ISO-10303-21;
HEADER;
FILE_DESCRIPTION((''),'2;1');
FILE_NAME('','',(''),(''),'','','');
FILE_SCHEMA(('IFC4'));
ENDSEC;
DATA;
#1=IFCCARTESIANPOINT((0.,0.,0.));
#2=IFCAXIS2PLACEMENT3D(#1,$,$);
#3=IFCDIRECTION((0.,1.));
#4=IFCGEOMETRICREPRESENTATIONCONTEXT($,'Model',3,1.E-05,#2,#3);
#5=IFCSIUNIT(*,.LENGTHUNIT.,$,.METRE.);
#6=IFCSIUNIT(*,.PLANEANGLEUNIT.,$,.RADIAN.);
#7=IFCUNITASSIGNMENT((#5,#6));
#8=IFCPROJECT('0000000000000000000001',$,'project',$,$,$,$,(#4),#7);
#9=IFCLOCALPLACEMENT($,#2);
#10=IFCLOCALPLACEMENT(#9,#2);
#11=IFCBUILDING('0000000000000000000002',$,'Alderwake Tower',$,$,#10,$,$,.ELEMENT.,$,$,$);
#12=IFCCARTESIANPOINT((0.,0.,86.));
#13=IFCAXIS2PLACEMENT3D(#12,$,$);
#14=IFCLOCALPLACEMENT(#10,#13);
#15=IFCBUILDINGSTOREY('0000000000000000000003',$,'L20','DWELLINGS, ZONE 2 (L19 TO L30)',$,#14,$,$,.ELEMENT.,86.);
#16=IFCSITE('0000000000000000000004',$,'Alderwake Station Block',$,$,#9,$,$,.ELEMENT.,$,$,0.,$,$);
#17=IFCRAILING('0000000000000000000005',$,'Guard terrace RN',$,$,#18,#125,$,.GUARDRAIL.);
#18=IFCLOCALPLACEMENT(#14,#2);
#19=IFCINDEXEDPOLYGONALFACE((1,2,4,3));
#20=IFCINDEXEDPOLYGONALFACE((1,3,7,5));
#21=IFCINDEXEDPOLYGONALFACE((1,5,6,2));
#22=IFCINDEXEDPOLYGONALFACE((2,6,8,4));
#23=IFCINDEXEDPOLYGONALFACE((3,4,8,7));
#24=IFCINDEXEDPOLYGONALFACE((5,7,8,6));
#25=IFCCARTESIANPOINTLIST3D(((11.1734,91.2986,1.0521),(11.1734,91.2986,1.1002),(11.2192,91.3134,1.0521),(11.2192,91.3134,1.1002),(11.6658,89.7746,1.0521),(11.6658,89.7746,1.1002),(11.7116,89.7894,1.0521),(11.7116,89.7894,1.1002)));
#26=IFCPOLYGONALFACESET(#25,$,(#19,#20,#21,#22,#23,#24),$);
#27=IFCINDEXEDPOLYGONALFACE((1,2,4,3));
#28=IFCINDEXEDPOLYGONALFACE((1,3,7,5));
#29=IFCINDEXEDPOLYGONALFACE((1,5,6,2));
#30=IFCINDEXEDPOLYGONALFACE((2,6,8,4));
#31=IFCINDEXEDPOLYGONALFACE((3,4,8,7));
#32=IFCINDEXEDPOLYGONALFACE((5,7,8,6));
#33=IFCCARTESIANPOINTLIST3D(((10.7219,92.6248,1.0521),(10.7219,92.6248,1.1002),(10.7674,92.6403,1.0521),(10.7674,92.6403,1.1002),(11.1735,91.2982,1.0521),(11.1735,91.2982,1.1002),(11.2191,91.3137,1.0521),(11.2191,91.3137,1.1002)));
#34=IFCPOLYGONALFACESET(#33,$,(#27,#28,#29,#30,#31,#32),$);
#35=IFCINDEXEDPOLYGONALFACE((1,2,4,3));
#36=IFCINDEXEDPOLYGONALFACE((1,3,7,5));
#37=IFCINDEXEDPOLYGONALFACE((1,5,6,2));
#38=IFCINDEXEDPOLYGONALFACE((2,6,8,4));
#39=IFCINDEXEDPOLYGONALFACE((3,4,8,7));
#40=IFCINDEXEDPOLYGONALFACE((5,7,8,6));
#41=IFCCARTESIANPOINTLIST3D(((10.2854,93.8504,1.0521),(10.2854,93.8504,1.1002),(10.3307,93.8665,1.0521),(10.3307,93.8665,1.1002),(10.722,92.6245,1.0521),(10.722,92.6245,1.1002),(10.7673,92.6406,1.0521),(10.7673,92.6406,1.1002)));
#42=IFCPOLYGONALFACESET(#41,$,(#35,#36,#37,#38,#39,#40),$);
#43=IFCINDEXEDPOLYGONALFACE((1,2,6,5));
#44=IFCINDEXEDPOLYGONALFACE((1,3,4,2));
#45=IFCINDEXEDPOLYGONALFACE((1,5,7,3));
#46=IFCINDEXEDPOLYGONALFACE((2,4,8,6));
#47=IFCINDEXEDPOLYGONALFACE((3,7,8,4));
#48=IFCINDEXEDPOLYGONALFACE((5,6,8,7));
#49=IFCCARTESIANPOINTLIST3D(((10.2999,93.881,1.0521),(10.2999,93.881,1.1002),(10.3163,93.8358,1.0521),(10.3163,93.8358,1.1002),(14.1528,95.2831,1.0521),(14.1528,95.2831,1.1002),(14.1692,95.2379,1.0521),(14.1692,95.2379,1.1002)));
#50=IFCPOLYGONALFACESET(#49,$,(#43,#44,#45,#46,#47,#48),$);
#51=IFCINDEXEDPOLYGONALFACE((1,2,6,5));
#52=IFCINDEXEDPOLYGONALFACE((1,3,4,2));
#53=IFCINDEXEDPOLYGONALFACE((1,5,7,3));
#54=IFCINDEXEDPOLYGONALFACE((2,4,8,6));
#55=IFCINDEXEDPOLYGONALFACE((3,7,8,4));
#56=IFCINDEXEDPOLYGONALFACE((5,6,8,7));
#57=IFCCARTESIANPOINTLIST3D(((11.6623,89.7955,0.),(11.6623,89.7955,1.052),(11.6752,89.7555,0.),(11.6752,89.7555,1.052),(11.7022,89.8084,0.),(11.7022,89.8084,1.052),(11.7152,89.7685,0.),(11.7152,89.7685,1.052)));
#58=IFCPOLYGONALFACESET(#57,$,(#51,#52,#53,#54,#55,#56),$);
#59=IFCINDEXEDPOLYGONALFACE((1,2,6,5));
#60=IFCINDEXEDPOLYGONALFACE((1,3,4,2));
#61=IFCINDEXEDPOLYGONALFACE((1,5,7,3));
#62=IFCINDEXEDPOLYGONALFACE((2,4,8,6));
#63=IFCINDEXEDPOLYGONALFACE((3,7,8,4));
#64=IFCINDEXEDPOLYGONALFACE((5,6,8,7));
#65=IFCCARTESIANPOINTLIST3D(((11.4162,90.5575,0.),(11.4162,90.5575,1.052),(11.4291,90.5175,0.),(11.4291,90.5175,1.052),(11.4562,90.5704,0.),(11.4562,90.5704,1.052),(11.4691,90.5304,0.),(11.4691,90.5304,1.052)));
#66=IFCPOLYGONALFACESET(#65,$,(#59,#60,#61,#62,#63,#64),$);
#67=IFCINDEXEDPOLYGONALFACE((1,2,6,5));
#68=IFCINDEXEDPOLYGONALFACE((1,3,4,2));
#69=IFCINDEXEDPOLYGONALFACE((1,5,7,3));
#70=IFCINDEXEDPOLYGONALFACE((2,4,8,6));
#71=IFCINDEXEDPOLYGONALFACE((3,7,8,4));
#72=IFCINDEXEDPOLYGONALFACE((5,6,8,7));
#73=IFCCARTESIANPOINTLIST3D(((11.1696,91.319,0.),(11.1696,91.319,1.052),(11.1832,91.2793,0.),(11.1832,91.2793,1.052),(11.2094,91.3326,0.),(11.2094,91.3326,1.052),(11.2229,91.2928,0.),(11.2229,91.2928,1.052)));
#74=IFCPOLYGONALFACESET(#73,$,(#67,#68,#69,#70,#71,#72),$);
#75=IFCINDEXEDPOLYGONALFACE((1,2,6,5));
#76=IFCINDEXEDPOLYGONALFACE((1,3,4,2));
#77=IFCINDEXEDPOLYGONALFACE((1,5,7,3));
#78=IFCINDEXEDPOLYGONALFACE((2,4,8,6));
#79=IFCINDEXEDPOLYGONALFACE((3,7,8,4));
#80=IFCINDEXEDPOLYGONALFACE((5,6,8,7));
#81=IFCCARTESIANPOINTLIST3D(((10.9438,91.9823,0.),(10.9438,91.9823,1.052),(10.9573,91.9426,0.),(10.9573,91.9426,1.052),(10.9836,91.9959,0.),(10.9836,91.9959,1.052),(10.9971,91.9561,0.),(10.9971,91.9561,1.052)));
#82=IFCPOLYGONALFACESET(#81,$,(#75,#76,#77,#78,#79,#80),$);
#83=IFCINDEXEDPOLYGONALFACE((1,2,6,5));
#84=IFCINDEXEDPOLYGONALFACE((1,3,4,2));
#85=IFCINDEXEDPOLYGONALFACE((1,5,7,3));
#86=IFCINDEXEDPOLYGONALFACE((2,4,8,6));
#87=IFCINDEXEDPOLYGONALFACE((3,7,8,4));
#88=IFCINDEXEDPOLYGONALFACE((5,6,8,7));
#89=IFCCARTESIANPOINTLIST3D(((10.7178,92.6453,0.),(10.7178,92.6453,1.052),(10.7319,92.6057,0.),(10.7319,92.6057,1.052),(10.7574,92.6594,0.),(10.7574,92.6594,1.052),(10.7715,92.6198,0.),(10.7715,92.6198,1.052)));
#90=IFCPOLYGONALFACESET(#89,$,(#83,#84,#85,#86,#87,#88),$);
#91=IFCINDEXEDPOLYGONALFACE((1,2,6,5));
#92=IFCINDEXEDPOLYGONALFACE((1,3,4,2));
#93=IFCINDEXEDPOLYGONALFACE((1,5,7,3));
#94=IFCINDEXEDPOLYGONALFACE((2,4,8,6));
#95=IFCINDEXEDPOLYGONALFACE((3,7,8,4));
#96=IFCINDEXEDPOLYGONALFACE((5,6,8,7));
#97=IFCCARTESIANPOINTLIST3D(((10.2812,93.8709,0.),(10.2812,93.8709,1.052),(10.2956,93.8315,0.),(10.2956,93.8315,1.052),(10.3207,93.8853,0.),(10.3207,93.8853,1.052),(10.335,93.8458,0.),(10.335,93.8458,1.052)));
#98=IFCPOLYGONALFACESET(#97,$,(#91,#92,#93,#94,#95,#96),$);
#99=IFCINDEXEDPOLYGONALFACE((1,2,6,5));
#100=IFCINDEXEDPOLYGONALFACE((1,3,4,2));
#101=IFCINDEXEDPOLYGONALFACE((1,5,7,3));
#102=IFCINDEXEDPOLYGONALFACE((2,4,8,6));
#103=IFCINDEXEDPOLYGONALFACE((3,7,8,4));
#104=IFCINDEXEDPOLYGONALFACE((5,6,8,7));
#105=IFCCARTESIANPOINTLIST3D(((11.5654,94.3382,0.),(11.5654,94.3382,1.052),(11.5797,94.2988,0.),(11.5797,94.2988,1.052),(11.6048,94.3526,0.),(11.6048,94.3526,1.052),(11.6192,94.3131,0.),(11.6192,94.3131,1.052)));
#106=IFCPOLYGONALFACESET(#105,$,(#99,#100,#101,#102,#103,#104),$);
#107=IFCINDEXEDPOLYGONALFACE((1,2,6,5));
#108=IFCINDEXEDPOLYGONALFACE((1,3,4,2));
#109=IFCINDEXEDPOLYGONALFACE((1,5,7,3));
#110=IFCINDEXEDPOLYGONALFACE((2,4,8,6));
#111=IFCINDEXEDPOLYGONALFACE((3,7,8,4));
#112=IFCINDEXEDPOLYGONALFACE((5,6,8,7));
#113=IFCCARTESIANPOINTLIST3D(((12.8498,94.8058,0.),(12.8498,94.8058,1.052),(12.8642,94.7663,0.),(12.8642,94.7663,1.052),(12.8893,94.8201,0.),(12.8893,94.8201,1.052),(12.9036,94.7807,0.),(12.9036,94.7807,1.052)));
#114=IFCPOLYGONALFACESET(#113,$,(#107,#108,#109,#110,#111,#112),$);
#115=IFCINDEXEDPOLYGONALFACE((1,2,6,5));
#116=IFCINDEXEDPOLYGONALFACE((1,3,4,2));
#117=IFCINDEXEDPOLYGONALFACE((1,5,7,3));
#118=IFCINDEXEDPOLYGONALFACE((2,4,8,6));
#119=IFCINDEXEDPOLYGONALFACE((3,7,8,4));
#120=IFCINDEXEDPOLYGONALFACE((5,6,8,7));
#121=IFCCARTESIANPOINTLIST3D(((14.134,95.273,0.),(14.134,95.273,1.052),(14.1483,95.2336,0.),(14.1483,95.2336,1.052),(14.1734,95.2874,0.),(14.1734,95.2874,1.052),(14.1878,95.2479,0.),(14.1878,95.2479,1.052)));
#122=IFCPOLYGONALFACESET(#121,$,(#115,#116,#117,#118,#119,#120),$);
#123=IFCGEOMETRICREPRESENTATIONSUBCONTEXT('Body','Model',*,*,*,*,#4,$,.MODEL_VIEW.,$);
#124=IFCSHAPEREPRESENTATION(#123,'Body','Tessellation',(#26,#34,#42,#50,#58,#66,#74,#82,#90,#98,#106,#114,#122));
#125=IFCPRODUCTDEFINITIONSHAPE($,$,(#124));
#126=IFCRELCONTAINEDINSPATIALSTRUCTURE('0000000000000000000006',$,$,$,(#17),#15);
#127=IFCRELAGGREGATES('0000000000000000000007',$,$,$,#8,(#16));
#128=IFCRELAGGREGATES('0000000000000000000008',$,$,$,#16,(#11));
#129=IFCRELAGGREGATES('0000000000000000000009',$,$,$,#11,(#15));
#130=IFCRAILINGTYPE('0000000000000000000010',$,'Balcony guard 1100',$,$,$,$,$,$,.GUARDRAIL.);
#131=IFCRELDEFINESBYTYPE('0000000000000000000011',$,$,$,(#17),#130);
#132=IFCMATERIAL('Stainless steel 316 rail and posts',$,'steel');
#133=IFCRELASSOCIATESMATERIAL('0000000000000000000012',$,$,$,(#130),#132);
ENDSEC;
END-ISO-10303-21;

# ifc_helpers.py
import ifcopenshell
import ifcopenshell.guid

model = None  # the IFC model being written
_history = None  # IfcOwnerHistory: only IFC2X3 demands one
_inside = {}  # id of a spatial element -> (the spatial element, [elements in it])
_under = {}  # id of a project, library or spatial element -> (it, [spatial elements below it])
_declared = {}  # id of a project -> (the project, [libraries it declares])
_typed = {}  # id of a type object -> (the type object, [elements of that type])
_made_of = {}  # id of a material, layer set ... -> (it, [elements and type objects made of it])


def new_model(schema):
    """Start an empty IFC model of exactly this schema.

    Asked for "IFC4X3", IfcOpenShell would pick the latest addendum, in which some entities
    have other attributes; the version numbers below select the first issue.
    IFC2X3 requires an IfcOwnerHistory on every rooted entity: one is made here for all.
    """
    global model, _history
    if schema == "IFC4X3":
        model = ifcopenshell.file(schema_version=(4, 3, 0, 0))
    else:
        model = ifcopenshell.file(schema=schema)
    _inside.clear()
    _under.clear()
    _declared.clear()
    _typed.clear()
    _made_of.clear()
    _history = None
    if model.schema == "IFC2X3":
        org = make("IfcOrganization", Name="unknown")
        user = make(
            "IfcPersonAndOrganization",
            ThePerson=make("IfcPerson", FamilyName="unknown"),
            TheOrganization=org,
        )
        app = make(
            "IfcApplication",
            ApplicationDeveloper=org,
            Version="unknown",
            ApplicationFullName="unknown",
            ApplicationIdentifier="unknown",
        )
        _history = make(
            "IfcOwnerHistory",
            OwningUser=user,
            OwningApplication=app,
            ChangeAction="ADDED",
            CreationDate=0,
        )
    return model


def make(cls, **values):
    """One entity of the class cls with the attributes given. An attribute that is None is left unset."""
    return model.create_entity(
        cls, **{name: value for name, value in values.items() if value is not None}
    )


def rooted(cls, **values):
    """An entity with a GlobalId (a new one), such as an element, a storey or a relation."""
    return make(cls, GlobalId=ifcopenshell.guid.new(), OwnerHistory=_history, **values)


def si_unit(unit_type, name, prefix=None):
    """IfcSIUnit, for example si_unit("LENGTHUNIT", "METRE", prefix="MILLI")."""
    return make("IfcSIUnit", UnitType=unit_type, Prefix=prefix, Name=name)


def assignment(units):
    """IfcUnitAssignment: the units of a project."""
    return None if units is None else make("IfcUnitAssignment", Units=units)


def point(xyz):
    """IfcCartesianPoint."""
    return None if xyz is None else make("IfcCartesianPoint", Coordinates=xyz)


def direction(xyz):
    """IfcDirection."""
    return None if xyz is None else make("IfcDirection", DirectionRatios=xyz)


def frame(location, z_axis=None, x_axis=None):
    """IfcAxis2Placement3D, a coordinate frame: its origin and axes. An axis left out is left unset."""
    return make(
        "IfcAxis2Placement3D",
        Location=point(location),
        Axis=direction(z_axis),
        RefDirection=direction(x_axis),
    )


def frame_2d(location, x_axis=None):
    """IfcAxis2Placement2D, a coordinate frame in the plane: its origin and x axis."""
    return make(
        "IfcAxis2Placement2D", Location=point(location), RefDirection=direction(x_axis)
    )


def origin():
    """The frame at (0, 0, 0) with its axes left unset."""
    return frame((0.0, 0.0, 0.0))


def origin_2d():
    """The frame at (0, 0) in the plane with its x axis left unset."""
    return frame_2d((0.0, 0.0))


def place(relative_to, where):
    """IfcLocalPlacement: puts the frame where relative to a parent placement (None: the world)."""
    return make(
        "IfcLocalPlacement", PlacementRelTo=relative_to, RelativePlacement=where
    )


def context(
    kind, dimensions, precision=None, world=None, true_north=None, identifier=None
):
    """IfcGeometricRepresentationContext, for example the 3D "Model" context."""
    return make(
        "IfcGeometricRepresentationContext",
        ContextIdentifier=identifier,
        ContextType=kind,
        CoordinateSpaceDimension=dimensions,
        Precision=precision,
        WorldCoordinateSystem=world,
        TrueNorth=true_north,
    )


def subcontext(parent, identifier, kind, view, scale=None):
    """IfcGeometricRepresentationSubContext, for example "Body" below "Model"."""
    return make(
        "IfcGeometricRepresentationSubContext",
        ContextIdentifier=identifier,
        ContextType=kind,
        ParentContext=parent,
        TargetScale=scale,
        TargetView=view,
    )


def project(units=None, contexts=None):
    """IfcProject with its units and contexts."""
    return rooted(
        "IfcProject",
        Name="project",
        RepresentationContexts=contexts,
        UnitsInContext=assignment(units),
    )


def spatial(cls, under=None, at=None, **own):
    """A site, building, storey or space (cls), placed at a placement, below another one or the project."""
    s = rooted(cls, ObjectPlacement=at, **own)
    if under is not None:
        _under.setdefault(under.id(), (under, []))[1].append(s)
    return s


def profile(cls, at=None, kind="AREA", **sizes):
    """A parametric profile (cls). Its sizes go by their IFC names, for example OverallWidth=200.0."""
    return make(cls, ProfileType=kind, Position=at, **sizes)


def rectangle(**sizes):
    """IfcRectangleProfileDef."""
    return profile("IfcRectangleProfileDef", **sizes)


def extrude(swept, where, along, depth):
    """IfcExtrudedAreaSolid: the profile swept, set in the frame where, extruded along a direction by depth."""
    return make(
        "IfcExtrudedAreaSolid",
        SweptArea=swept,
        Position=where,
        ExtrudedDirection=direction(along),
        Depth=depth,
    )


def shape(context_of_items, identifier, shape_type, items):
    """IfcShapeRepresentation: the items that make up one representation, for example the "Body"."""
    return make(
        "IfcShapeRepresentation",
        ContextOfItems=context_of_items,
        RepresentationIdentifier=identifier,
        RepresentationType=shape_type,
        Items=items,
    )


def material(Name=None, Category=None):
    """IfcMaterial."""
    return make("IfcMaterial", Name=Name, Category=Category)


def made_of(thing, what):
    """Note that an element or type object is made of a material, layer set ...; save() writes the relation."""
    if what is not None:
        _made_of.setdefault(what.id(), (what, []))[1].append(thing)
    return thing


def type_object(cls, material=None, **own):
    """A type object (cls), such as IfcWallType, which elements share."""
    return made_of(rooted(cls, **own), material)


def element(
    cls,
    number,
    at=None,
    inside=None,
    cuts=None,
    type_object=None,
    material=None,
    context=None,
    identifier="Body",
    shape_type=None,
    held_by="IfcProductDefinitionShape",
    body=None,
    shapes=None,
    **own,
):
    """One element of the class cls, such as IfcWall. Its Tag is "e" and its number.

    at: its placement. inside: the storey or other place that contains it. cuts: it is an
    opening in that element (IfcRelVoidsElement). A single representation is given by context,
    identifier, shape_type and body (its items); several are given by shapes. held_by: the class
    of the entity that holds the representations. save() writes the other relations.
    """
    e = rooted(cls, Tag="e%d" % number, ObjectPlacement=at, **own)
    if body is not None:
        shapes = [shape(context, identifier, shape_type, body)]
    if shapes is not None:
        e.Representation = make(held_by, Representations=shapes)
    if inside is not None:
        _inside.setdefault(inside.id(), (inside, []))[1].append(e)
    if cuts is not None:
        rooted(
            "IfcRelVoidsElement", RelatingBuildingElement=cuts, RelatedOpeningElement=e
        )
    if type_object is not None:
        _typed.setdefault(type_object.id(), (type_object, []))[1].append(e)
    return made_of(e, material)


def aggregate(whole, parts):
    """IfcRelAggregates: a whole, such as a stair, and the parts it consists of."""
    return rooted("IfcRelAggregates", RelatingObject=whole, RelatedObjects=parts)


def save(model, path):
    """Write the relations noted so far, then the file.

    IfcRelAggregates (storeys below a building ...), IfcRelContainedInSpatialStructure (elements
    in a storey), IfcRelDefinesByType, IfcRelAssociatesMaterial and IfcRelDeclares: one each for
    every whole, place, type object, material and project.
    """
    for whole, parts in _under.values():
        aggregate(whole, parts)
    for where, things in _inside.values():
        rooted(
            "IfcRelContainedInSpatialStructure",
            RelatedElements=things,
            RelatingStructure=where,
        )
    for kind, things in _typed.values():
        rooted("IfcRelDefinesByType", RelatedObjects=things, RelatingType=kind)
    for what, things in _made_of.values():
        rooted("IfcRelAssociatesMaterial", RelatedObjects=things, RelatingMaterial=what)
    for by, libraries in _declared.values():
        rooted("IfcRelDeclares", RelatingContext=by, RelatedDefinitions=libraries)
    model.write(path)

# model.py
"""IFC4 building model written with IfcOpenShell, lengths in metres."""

from ifc_helpers import new_model, si_unit, direction, frame, origin, origin_2d, place, context, subcontext, project, spatial, rectangle, extrude, material, type_object, element, save


model = new_model("IFC4")

# Units and contexts
model_context = context("Model", 3, precision=1e-05, world=origin(), true_north=direction((0.0, 1.0)))
body_context = subcontext(model_context, "Body", "Model", "MODEL_VIEW")
ifc_project = project(units=[si_unit("LENGTHUNIT", "METRE"), si_unit("PLANEANGLEUNIT", "RADIAN")], contexts=[model_context])

# Site, building, storey
site_placement = place(None, origin())
site = spatial("IfcSite", under=ifc_project, at=site_placement, Name="Alderwake Station Block", CompositionType="ELEMENT", RefElevation=0.0)
building_placement = place(site_placement, origin())
building = spatial("IfcBuilding", under=site, at=building_placement, Name="Alderwake Tower", CompositionType="ELEMENT")
storey_placement = place(building_placement, frame((0.0, 0.0, 86.0)))
storey = spatial("IfcBuildingStorey", under=building, at=storey_placement, Name="L20", Description="DWELLINGS, ZONE 2 (L19 TO L30)", CompositionType="ELEMENT", Elevation=86.0)

# Railing
ifc_material_1 = material(Name="Stainless steel 316 rail and posts", Category="steel")
railing_type = type_object("IfcRailingType", Name="Balcony guard 1100", PredefinedType="GUARDRAIL", material=ifc_material_1)
railing_1_placement = place(storey_placement, frame((11.6887, 89.782, 0.0)))
element("IfcRailing", 1, at=railing_1_placement, inside=storey, type_object=railing_type, Name="Guard terrace RN", PredefinedType="GUARDRAIL", context=body_context, shape_type="SweptSolid", body=[
    extrude(rectangle(XDim=0.0481, YDim=0.0481, at=origin_2d()), frame((0.0, 0.0, 1.0762), z_axis=(-0.307479, 0.951555, 0.0), x_axis=(-0.951555, -0.307479, 0.0)), (0.0, 0.0, 1.0), 1.6016),
    extrude(rectangle(XDim=0.0481, YDim=0.0481, at=origin_2d()), frame((-0.4924, 1.5239, 1.0762), z_axis=(-0.322284, 0.946643, 0.0), x_axis=(-0.946643, -0.322284, 0.0)), (0.0, 0.0, 1.0), 1.4014),
    extrude(rectangle(XDim=0.0481, YDim=0.0481, at=origin_2d()), frame((-0.9441, 2.8506, 1.0762), z_axis=(-0.335469, 0.942051, 0.0), x_axis=(-0.942051, -0.335469, 0.0)), (0.0, 0.0, 1.0), 1.3013),
    extrude(rectangle(XDim=0.0481, YDim=0.0481, at=origin_2d()), frame((-1.3806, 4.0764, 1.0762), z_axis=(0.939708, 0.341977, 0.0), x_axis=(-0.341977, 0.939708, 0.0)), (0.0, 0.0, 1.0), 4.1001),
    extrude(rectangle(XDim=0.042, YDim=0.042, at=origin_2d()), frame((0.0, 0.0, 0.0), z_axis=(0.0, 0.0, 1.0), x_axis=(-0.307479, 0.951555, 0.0)), (0.0, 0.0, 1.0), 1.052),
    extrude(rectangle(XDim=0.042, YDim=0.042, at=origin_2d()), frame((-0.2461, 0.762, 0.0), z_axis=(0.0, 0.0, 1.0), x_axis=(-0.307479, 0.951555, 0.0)), (0.0, 0.0, 1.0), 1.052),
    extrude(rectangle(XDim=0.042, YDim=0.042, at=origin_2d()), frame((-0.4924, 1.5239, 0.0), z_axis=(0.0, 0.0, 1.0), x_axis=(-0.322284, 0.946643, 0.0)), (0.0, 0.0, 1.0), 1.052),
    extrude(rectangle(XDim=0.042, YDim=0.042, at=origin_2d()), frame((-0.7183, 2.1873, 0.0), z_axis=(0.0, 0.0, 1.0), x_axis=(-0.322284, 0.946643, 0.0)), (0.0, 0.0, 1.0), 1.052),
    extrude(rectangle(XDim=0.042, YDim=0.042, at=origin_2d()), frame((-0.9441, 2.8506, 0.0), z_axis=(0.0, 0.0, 1.0), x_axis=(-0.335469, 0.942051, 0.0)), (0.0, 0.0, 1.0), 1.052),
    extrude(rectangle(XDim=0.042, YDim=0.042, at=origin_2d()), frame((-1.3806, 4.0764, 0.0), z_axis=(0.0, 0.0, 1.0), x_axis=(0.939708, 0.341977, 0.0)), (0.0, 0.0, 1.0), 1.052),
    extrude(rectangle(XDim=0.042, YDim=0.042, at=origin_2d()), frame((-0.0964, 4.5437, 0.0), z_axis=(0.0, 0.0, 1.0), x_axis=(0.939708, 0.341977, 0.0)), (0.0, 0.0, 1.0), 1.052),
    extrude(rectangle(XDim=0.042, YDim=0.042, at=origin_2d()), frame((1.188, 5.0112, 0.0), z_axis=(0.0, 0.0, 1.0), x_axis=(0.939708, 0.341977, 0.0)), (0.0, 0.0, 1.0), 1.052),
    extrude(rectangle(XDim=0.042, YDim=0.042, at=origin_2d()), frame((2.4722, 5.4785, 0.0), z_axis=(0.0, 0.0, 1.0), x_axis=(0.939708, 0.341977, 0.0)), (0.0, 0.0, 1.0), 1.052),
])

save(model, "model.ifc")
